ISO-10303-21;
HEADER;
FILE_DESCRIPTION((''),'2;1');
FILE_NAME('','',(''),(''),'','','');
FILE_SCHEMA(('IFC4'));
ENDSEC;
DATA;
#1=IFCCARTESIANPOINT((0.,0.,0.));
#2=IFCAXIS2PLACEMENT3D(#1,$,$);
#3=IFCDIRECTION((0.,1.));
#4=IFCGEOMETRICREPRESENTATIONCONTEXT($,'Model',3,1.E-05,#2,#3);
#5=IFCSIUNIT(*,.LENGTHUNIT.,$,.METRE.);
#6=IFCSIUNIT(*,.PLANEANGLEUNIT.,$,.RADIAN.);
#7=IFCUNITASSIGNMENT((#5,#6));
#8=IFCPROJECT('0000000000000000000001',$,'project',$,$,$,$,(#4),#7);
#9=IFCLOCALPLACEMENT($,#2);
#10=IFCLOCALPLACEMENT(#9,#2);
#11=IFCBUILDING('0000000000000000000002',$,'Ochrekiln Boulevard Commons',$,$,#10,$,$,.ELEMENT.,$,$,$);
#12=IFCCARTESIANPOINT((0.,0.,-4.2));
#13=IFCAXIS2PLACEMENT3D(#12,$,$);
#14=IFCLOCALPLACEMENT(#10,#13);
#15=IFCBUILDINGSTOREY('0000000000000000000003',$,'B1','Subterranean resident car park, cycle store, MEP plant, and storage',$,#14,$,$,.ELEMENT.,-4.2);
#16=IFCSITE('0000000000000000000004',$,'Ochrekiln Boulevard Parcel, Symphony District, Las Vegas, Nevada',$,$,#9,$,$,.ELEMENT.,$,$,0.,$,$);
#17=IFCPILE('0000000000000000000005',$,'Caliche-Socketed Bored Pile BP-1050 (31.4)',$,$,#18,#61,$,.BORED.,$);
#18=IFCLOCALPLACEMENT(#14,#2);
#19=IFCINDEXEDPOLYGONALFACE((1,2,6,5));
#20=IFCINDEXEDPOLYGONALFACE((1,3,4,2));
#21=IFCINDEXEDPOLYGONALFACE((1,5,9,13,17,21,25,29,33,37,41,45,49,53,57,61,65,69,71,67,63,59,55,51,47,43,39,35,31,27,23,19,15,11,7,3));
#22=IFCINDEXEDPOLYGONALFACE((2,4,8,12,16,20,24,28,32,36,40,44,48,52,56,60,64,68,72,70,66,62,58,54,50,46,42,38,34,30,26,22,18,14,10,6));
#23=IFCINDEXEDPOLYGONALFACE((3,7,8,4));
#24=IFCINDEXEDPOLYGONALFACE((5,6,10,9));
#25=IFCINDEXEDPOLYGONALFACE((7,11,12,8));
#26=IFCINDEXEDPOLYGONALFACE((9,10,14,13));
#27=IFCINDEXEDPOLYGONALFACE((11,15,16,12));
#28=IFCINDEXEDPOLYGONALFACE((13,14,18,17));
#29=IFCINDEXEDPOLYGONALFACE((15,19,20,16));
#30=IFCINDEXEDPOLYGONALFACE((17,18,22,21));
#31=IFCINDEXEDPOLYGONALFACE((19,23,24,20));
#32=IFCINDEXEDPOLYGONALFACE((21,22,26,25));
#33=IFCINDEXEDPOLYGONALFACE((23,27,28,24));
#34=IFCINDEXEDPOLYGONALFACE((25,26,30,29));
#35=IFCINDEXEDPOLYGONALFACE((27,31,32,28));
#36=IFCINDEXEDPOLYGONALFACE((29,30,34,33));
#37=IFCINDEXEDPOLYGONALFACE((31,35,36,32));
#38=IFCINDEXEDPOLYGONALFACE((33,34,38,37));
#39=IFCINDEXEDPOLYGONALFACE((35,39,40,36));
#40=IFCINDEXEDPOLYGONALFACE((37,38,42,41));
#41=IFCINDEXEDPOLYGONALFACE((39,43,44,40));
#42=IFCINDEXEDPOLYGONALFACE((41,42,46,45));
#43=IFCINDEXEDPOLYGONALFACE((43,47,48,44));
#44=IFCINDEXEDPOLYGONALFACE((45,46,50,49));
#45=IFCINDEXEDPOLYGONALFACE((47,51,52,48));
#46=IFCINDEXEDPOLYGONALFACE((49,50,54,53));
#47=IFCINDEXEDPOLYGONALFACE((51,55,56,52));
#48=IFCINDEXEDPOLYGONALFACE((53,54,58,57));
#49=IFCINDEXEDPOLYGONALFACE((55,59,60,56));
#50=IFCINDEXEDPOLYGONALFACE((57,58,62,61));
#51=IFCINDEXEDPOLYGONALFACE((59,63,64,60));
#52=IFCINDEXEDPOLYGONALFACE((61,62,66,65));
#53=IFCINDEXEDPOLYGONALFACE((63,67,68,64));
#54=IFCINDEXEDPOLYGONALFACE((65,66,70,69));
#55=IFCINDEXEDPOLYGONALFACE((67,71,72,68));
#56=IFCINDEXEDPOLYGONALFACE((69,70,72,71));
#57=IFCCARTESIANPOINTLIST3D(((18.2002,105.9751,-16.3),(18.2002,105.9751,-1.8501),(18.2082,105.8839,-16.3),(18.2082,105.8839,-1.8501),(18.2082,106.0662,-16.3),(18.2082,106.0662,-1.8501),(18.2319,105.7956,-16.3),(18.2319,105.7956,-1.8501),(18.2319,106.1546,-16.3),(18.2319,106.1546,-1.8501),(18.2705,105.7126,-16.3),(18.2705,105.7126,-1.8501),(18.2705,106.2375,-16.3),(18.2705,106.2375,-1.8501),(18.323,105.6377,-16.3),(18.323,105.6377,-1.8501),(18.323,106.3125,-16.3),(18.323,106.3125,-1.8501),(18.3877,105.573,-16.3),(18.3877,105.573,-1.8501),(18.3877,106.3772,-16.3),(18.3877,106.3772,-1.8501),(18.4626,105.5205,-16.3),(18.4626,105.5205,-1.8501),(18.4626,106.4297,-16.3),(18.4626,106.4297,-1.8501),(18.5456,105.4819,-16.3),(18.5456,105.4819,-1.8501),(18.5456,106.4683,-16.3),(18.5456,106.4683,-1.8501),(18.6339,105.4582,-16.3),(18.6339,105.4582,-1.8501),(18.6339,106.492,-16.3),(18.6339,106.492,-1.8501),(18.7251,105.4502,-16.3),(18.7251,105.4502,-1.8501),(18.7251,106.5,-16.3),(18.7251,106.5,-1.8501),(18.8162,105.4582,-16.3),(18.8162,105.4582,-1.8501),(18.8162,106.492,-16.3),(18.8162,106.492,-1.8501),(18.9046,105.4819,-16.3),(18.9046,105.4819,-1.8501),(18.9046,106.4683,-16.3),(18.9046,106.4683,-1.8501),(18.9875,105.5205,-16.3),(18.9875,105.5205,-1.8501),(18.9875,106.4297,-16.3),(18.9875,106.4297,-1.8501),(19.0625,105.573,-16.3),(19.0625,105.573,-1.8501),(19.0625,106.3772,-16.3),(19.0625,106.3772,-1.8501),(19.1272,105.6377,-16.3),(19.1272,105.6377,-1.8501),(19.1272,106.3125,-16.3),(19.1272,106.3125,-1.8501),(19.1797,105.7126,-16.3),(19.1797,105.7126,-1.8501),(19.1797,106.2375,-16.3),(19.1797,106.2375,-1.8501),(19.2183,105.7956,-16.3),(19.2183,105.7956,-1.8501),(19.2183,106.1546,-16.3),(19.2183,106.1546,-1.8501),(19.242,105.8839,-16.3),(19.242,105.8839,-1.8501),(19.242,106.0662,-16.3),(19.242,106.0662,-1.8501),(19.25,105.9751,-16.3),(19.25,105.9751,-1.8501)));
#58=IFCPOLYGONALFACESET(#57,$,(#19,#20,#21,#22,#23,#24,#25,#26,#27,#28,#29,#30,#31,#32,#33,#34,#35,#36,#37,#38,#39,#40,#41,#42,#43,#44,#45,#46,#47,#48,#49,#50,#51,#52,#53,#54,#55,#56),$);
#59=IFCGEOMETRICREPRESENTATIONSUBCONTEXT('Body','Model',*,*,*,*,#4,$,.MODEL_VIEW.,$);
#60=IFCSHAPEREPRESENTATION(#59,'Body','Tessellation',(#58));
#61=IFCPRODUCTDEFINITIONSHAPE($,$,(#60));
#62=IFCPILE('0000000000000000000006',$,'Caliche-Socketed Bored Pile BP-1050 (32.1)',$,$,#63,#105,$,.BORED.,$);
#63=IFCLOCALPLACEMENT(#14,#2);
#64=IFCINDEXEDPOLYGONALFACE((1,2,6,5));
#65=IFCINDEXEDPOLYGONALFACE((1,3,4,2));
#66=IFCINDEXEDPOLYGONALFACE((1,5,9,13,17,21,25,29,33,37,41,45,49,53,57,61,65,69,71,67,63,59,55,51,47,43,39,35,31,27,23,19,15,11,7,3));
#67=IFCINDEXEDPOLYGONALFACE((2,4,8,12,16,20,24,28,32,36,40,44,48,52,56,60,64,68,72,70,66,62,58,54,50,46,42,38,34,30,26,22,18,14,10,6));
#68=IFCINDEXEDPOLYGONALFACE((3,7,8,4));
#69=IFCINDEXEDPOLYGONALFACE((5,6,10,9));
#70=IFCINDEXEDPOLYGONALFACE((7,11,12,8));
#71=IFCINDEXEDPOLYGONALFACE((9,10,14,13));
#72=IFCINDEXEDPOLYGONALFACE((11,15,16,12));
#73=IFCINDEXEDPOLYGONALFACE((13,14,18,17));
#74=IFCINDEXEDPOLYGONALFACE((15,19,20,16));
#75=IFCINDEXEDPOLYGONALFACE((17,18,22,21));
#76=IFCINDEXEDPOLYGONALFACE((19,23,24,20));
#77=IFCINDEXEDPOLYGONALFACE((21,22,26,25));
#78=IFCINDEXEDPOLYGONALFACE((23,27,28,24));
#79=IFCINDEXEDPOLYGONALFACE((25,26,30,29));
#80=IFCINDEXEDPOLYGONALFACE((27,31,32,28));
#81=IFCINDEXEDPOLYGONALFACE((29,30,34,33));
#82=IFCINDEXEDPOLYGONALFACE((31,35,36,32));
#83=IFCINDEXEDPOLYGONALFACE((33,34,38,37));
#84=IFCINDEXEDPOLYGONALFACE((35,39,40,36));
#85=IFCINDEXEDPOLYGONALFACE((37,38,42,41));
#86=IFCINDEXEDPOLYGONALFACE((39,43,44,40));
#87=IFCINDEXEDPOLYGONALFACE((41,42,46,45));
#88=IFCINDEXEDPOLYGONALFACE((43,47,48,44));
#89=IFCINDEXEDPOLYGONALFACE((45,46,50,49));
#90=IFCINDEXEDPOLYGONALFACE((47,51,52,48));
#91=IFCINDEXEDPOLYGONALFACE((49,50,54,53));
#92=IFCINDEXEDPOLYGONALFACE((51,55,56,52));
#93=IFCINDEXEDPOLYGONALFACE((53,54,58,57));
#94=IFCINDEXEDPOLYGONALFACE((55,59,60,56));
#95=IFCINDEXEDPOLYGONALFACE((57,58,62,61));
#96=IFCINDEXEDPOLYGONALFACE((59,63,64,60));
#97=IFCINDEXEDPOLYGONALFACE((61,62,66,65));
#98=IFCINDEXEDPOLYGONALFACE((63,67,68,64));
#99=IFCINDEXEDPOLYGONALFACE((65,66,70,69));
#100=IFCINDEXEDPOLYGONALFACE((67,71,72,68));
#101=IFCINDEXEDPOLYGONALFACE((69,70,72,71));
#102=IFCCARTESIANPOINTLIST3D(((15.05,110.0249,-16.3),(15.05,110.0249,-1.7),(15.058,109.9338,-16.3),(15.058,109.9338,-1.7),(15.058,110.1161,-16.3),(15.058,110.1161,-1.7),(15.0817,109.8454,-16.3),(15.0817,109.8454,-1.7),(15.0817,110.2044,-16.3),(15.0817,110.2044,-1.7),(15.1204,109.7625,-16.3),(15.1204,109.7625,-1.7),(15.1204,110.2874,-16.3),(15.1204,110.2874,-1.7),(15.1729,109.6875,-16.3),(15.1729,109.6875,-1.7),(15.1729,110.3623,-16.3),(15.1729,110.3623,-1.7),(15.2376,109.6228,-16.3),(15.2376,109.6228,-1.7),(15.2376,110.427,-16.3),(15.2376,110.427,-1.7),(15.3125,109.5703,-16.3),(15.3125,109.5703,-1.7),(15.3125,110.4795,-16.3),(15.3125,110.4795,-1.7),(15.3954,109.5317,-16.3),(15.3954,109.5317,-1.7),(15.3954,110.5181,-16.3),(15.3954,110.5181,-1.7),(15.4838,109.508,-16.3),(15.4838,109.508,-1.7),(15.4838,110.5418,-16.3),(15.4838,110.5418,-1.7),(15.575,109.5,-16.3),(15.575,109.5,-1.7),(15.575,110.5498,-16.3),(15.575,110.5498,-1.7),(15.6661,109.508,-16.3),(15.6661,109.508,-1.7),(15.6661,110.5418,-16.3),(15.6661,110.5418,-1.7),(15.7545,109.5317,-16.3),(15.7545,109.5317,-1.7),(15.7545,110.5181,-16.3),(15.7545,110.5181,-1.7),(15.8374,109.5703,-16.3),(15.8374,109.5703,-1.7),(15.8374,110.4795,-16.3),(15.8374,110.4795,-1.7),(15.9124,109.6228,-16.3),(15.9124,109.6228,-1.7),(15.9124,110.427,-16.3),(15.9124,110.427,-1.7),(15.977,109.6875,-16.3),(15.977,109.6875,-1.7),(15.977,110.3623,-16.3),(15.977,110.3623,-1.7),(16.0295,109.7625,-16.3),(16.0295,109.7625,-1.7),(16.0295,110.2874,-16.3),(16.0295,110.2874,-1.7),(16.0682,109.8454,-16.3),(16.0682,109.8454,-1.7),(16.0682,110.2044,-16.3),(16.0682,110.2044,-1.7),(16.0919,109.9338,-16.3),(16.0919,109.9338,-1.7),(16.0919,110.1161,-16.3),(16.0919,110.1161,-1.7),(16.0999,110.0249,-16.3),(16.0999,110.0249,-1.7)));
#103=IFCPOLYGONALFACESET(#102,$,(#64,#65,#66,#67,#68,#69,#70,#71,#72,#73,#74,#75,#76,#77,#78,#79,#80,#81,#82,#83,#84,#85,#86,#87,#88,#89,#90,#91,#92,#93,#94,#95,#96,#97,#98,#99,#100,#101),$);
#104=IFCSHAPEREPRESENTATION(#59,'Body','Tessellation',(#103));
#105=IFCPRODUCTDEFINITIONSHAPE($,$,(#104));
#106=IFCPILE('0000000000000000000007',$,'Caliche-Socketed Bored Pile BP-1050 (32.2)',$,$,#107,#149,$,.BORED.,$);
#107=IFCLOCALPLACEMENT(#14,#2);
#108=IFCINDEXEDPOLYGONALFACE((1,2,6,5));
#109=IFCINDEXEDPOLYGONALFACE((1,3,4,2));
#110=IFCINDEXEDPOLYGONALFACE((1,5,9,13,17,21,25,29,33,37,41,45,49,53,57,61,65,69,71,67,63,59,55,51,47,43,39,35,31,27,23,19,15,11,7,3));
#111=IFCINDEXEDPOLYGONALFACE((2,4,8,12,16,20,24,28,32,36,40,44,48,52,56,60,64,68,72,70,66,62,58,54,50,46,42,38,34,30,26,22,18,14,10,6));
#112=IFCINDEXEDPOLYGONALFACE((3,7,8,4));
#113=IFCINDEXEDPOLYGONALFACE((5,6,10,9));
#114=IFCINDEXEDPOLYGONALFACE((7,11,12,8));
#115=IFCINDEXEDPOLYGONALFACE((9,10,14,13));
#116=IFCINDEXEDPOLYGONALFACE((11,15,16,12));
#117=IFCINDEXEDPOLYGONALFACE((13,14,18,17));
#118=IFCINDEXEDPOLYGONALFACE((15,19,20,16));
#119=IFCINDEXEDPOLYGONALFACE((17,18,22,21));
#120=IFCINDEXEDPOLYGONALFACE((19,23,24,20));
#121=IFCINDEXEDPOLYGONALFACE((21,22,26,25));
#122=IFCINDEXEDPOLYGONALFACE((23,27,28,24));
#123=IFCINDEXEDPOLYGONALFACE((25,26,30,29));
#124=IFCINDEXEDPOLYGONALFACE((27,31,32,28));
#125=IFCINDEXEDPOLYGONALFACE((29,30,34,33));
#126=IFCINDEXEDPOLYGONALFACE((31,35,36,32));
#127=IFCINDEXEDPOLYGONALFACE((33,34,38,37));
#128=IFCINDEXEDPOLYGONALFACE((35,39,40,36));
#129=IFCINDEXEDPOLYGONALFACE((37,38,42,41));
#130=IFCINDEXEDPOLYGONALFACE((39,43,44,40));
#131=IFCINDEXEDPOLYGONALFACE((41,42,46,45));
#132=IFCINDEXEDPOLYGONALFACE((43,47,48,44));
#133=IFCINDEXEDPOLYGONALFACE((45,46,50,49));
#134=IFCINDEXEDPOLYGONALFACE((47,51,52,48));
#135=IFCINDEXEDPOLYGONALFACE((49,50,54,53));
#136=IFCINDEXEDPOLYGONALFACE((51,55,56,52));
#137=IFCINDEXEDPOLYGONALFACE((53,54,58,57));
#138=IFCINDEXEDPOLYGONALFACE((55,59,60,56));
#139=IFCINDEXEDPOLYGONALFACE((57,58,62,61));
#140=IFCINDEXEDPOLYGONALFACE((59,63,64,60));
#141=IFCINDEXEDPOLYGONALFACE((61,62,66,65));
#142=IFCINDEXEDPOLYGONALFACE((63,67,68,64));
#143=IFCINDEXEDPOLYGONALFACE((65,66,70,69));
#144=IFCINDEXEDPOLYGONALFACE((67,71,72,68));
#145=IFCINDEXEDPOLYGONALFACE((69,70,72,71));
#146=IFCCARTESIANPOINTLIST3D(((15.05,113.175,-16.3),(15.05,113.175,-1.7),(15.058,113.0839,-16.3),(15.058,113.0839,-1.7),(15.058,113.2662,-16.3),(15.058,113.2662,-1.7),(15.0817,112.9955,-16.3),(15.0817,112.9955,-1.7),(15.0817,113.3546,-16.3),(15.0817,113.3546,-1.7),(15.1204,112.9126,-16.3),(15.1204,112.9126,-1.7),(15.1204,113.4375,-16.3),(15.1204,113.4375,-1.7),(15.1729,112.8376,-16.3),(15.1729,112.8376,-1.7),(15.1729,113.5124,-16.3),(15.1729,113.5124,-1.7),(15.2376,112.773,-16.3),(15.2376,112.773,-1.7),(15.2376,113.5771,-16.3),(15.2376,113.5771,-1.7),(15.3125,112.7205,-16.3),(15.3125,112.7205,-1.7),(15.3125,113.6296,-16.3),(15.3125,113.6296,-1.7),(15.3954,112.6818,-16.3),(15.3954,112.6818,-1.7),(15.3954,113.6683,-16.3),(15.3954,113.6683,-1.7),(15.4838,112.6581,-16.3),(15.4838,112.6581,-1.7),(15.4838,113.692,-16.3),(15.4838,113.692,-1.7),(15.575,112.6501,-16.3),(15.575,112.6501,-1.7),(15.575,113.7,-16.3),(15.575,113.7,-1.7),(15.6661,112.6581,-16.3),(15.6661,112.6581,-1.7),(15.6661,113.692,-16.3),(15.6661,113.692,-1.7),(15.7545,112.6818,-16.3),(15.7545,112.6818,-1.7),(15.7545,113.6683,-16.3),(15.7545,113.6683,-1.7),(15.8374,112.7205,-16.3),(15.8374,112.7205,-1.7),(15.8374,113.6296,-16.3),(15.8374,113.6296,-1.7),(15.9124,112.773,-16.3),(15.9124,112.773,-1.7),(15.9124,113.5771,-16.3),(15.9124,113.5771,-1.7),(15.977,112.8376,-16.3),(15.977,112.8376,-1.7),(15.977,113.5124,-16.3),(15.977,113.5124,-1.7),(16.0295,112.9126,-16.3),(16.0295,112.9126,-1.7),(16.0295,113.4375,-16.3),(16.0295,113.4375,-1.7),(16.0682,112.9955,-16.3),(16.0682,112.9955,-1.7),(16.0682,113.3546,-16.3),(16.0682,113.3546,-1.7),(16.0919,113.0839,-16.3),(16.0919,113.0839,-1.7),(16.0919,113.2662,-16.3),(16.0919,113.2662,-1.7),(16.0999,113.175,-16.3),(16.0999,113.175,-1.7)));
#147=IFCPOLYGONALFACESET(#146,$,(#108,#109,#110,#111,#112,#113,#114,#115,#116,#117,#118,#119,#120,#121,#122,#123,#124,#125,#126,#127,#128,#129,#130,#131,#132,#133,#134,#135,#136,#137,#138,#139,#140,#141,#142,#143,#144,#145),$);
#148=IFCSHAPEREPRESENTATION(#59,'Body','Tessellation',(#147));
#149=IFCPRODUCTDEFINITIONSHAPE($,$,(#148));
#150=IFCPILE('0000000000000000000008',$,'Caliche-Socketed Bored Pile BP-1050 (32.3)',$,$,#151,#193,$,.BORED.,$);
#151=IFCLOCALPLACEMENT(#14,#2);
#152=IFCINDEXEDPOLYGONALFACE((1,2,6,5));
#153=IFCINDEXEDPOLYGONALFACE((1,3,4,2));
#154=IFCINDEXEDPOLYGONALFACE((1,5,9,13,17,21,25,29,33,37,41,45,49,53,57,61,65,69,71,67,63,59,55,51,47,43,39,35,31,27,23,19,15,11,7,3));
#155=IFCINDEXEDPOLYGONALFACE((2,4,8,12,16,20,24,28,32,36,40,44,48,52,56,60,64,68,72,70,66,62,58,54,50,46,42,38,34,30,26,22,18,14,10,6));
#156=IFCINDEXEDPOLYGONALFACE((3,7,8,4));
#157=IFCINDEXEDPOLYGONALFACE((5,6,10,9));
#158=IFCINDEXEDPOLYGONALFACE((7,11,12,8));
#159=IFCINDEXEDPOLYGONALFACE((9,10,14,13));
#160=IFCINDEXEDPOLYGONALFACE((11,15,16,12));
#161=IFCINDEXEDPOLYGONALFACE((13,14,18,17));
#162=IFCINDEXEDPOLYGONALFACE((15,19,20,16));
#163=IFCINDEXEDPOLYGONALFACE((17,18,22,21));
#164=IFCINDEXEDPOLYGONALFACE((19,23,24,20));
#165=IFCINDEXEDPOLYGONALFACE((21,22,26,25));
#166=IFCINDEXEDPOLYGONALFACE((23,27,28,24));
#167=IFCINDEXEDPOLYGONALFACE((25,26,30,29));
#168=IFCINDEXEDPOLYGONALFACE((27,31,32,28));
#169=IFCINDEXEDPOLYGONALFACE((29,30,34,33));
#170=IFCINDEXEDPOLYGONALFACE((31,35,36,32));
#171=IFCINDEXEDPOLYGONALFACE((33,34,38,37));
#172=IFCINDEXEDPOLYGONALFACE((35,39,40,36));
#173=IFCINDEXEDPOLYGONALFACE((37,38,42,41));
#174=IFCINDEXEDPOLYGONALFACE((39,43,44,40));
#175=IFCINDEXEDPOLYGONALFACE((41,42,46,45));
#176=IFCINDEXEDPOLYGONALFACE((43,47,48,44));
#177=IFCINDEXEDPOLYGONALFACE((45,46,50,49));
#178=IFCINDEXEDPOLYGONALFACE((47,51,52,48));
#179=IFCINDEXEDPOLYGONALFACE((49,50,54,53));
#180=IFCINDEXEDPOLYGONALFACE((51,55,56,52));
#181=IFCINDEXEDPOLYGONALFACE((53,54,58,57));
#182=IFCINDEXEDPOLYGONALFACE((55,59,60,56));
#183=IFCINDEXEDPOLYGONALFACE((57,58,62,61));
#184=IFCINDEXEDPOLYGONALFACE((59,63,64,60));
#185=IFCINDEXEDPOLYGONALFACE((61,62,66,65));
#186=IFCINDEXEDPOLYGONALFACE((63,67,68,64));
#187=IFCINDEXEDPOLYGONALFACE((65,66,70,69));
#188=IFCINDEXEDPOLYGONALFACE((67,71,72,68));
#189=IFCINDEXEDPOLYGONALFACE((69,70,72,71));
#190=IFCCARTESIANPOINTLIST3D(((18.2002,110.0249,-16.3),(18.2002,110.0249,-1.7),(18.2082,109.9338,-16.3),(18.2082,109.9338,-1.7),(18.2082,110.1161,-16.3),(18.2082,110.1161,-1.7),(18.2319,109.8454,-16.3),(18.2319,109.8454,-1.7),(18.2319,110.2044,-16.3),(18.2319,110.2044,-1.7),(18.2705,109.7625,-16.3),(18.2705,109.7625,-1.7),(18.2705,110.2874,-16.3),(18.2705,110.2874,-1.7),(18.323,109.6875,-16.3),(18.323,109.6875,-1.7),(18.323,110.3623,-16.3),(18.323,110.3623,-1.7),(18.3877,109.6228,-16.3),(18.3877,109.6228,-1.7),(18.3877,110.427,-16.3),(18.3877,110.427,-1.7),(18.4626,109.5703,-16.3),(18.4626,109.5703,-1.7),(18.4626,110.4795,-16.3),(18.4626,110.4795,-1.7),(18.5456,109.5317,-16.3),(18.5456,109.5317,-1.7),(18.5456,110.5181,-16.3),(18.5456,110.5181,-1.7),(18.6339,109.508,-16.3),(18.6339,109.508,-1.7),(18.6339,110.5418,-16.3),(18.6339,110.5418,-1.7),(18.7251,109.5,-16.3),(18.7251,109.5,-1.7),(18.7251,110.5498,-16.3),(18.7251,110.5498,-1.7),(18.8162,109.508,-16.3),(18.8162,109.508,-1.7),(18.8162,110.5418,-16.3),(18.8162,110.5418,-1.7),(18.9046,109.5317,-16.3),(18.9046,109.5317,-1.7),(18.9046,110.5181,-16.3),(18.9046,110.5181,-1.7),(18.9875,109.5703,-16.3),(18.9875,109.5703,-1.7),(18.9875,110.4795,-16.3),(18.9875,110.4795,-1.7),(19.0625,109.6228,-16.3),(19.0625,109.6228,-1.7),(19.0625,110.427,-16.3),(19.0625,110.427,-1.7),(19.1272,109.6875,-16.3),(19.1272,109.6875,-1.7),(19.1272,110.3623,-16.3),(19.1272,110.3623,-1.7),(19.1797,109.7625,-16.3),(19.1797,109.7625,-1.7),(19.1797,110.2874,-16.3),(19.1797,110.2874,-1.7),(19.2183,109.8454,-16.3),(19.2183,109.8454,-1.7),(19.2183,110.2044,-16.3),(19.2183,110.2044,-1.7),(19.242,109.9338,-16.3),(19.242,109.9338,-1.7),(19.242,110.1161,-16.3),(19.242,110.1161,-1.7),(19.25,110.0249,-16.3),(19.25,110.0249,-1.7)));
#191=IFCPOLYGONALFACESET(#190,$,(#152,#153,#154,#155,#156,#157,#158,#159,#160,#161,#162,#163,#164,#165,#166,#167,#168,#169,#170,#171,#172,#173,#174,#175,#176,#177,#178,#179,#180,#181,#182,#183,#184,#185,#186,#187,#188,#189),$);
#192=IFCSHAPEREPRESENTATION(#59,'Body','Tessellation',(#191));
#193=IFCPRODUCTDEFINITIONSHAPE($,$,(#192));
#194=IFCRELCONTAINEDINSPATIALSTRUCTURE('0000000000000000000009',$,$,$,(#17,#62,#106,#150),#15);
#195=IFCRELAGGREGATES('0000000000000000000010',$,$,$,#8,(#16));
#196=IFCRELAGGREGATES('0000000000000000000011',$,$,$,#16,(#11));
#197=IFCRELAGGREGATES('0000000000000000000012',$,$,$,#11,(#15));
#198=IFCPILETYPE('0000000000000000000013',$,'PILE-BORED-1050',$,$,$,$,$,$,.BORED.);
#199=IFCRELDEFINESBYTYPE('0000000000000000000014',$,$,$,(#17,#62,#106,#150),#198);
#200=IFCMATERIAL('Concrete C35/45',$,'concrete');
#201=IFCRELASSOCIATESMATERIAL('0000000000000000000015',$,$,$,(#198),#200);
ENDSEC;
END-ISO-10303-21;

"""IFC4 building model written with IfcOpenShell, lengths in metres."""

from ifc_helpers import new_model, si_unit, direction, frame, origin, origin_2d, place, context, subcontext, project, spatial, circle, extrude, material, material_profile, profile_set, type_object, element, save


model = new_model("IFC4")

# Units and contexts
model_context = context("Model", 3, precision=1e-05, world=origin(), true_north=direction((0.0, 1.0)))
body_context = subcontext(model_context, "Body", "Model", "MODEL_VIEW")
ifc_project = project(units=[si_unit("LENGTHUNIT", "METRE"), si_unit("PLANEANGLEUNIT", "RADIAN")], contexts=[model_context])

# Site, building, storey
site_placement = place(None, origin())
site = spatial("IfcSite", under=ifc_project, at=site_placement, Name="Ochrekiln Boulevard Parcel, Symphony District, Las Vegas, Nevada", CompositionType="ELEMENT", RefElevation=0.0)
building_placement = place(site_placement, origin())
building = spatial("IfcBuilding", under=site, at=building_placement, Name="Ochrekiln Boulevard Commons", CompositionType="ELEMENT")
storey_placement = place(building_placement, frame((0.0, 0.0, -4.2)))
storey = spatial("IfcBuildingStorey", under=building, at=storey_placement, Name="B1", Description="Subterranean resident car park, cycle store, MEP plant, and storage", CompositionType="ELEMENT", Elevation=-4.2)

# Shared definitions
ifc_material_1 = material(Name="Concrete C35/45", Category="concrete")

# Piles
ifc_material_profile_1 = material_profile(ifc_material_1, circle(Radius=0.5249, at=origin_2d()), Name="PILE-D1050")
ifc_profile_set_1 = profile_set([ifc_material_profile_1], Name="Concrete C35/45")
pile_type = type_object("IfcPileType", Name="PILE-BORED-1050", PredefinedType="BORED", material=ifc_profile_set_1)
for number, where, z_axis, x_axis, name in (
    (1, (18.7251, 105.9751, -1.8501), (0.0, 0.0, -1.0), (1.0, 0.0, 0.0), "Caliche-Socketed Bored Pile BP-1050 (31.4)"),
):
    element("IfcPile", number, at=place(storey_placement, frame(where, z_axis=z_axis, x_axis=x_axis)), inside=storey, type_object=pile_type, Name=name, PredefinedType="BORED", context=body_context, shape_type="SweptSolid", body=[
        extrude(circle(Radius=0.5249, at=origin_2d()), origin(), (0.0, 0.0, 1.0), 14.45),
    ])
for number, where, z_axis, x_axis, name in (
    (2, (15.575, 110.0249, -1.7), (0.0, 0.0, -1.0), (1.0, 0.0, 0.0), "Caliche-Socketed Bored Pile BP-1050 (32.1)"),
    (3, (15.575, 113.175, -1.7), (0.0, 0.0, -1.0), (1.0, 0.0, 0.0), "Caliche-Socketed Bored Pile BP-1050 (32.2)"),
    (4, (18.7251, 110.0249, -1.7), (0.0, 0.0, -1.0), (1.0, 0.0, 0.0), "Caliche-Socketed Bored Pile BP-1050 (32.3)"),
):
    element("IfcPile", number, at=place(storey_placement, frame(where, z_axis=z_axis, x_axis=x_axis)), inside=storey, type_object=pile_type, Name=name, PredefinedType="BORED", context=body_context, shape_type="SweptSolid", body=[
        extrude(circle(Radius=0.5249, at=origin_2d()), origin(), (0.0, 0.0, 1.0), 14.6001),
    ])

save(model, "model.ifc")
